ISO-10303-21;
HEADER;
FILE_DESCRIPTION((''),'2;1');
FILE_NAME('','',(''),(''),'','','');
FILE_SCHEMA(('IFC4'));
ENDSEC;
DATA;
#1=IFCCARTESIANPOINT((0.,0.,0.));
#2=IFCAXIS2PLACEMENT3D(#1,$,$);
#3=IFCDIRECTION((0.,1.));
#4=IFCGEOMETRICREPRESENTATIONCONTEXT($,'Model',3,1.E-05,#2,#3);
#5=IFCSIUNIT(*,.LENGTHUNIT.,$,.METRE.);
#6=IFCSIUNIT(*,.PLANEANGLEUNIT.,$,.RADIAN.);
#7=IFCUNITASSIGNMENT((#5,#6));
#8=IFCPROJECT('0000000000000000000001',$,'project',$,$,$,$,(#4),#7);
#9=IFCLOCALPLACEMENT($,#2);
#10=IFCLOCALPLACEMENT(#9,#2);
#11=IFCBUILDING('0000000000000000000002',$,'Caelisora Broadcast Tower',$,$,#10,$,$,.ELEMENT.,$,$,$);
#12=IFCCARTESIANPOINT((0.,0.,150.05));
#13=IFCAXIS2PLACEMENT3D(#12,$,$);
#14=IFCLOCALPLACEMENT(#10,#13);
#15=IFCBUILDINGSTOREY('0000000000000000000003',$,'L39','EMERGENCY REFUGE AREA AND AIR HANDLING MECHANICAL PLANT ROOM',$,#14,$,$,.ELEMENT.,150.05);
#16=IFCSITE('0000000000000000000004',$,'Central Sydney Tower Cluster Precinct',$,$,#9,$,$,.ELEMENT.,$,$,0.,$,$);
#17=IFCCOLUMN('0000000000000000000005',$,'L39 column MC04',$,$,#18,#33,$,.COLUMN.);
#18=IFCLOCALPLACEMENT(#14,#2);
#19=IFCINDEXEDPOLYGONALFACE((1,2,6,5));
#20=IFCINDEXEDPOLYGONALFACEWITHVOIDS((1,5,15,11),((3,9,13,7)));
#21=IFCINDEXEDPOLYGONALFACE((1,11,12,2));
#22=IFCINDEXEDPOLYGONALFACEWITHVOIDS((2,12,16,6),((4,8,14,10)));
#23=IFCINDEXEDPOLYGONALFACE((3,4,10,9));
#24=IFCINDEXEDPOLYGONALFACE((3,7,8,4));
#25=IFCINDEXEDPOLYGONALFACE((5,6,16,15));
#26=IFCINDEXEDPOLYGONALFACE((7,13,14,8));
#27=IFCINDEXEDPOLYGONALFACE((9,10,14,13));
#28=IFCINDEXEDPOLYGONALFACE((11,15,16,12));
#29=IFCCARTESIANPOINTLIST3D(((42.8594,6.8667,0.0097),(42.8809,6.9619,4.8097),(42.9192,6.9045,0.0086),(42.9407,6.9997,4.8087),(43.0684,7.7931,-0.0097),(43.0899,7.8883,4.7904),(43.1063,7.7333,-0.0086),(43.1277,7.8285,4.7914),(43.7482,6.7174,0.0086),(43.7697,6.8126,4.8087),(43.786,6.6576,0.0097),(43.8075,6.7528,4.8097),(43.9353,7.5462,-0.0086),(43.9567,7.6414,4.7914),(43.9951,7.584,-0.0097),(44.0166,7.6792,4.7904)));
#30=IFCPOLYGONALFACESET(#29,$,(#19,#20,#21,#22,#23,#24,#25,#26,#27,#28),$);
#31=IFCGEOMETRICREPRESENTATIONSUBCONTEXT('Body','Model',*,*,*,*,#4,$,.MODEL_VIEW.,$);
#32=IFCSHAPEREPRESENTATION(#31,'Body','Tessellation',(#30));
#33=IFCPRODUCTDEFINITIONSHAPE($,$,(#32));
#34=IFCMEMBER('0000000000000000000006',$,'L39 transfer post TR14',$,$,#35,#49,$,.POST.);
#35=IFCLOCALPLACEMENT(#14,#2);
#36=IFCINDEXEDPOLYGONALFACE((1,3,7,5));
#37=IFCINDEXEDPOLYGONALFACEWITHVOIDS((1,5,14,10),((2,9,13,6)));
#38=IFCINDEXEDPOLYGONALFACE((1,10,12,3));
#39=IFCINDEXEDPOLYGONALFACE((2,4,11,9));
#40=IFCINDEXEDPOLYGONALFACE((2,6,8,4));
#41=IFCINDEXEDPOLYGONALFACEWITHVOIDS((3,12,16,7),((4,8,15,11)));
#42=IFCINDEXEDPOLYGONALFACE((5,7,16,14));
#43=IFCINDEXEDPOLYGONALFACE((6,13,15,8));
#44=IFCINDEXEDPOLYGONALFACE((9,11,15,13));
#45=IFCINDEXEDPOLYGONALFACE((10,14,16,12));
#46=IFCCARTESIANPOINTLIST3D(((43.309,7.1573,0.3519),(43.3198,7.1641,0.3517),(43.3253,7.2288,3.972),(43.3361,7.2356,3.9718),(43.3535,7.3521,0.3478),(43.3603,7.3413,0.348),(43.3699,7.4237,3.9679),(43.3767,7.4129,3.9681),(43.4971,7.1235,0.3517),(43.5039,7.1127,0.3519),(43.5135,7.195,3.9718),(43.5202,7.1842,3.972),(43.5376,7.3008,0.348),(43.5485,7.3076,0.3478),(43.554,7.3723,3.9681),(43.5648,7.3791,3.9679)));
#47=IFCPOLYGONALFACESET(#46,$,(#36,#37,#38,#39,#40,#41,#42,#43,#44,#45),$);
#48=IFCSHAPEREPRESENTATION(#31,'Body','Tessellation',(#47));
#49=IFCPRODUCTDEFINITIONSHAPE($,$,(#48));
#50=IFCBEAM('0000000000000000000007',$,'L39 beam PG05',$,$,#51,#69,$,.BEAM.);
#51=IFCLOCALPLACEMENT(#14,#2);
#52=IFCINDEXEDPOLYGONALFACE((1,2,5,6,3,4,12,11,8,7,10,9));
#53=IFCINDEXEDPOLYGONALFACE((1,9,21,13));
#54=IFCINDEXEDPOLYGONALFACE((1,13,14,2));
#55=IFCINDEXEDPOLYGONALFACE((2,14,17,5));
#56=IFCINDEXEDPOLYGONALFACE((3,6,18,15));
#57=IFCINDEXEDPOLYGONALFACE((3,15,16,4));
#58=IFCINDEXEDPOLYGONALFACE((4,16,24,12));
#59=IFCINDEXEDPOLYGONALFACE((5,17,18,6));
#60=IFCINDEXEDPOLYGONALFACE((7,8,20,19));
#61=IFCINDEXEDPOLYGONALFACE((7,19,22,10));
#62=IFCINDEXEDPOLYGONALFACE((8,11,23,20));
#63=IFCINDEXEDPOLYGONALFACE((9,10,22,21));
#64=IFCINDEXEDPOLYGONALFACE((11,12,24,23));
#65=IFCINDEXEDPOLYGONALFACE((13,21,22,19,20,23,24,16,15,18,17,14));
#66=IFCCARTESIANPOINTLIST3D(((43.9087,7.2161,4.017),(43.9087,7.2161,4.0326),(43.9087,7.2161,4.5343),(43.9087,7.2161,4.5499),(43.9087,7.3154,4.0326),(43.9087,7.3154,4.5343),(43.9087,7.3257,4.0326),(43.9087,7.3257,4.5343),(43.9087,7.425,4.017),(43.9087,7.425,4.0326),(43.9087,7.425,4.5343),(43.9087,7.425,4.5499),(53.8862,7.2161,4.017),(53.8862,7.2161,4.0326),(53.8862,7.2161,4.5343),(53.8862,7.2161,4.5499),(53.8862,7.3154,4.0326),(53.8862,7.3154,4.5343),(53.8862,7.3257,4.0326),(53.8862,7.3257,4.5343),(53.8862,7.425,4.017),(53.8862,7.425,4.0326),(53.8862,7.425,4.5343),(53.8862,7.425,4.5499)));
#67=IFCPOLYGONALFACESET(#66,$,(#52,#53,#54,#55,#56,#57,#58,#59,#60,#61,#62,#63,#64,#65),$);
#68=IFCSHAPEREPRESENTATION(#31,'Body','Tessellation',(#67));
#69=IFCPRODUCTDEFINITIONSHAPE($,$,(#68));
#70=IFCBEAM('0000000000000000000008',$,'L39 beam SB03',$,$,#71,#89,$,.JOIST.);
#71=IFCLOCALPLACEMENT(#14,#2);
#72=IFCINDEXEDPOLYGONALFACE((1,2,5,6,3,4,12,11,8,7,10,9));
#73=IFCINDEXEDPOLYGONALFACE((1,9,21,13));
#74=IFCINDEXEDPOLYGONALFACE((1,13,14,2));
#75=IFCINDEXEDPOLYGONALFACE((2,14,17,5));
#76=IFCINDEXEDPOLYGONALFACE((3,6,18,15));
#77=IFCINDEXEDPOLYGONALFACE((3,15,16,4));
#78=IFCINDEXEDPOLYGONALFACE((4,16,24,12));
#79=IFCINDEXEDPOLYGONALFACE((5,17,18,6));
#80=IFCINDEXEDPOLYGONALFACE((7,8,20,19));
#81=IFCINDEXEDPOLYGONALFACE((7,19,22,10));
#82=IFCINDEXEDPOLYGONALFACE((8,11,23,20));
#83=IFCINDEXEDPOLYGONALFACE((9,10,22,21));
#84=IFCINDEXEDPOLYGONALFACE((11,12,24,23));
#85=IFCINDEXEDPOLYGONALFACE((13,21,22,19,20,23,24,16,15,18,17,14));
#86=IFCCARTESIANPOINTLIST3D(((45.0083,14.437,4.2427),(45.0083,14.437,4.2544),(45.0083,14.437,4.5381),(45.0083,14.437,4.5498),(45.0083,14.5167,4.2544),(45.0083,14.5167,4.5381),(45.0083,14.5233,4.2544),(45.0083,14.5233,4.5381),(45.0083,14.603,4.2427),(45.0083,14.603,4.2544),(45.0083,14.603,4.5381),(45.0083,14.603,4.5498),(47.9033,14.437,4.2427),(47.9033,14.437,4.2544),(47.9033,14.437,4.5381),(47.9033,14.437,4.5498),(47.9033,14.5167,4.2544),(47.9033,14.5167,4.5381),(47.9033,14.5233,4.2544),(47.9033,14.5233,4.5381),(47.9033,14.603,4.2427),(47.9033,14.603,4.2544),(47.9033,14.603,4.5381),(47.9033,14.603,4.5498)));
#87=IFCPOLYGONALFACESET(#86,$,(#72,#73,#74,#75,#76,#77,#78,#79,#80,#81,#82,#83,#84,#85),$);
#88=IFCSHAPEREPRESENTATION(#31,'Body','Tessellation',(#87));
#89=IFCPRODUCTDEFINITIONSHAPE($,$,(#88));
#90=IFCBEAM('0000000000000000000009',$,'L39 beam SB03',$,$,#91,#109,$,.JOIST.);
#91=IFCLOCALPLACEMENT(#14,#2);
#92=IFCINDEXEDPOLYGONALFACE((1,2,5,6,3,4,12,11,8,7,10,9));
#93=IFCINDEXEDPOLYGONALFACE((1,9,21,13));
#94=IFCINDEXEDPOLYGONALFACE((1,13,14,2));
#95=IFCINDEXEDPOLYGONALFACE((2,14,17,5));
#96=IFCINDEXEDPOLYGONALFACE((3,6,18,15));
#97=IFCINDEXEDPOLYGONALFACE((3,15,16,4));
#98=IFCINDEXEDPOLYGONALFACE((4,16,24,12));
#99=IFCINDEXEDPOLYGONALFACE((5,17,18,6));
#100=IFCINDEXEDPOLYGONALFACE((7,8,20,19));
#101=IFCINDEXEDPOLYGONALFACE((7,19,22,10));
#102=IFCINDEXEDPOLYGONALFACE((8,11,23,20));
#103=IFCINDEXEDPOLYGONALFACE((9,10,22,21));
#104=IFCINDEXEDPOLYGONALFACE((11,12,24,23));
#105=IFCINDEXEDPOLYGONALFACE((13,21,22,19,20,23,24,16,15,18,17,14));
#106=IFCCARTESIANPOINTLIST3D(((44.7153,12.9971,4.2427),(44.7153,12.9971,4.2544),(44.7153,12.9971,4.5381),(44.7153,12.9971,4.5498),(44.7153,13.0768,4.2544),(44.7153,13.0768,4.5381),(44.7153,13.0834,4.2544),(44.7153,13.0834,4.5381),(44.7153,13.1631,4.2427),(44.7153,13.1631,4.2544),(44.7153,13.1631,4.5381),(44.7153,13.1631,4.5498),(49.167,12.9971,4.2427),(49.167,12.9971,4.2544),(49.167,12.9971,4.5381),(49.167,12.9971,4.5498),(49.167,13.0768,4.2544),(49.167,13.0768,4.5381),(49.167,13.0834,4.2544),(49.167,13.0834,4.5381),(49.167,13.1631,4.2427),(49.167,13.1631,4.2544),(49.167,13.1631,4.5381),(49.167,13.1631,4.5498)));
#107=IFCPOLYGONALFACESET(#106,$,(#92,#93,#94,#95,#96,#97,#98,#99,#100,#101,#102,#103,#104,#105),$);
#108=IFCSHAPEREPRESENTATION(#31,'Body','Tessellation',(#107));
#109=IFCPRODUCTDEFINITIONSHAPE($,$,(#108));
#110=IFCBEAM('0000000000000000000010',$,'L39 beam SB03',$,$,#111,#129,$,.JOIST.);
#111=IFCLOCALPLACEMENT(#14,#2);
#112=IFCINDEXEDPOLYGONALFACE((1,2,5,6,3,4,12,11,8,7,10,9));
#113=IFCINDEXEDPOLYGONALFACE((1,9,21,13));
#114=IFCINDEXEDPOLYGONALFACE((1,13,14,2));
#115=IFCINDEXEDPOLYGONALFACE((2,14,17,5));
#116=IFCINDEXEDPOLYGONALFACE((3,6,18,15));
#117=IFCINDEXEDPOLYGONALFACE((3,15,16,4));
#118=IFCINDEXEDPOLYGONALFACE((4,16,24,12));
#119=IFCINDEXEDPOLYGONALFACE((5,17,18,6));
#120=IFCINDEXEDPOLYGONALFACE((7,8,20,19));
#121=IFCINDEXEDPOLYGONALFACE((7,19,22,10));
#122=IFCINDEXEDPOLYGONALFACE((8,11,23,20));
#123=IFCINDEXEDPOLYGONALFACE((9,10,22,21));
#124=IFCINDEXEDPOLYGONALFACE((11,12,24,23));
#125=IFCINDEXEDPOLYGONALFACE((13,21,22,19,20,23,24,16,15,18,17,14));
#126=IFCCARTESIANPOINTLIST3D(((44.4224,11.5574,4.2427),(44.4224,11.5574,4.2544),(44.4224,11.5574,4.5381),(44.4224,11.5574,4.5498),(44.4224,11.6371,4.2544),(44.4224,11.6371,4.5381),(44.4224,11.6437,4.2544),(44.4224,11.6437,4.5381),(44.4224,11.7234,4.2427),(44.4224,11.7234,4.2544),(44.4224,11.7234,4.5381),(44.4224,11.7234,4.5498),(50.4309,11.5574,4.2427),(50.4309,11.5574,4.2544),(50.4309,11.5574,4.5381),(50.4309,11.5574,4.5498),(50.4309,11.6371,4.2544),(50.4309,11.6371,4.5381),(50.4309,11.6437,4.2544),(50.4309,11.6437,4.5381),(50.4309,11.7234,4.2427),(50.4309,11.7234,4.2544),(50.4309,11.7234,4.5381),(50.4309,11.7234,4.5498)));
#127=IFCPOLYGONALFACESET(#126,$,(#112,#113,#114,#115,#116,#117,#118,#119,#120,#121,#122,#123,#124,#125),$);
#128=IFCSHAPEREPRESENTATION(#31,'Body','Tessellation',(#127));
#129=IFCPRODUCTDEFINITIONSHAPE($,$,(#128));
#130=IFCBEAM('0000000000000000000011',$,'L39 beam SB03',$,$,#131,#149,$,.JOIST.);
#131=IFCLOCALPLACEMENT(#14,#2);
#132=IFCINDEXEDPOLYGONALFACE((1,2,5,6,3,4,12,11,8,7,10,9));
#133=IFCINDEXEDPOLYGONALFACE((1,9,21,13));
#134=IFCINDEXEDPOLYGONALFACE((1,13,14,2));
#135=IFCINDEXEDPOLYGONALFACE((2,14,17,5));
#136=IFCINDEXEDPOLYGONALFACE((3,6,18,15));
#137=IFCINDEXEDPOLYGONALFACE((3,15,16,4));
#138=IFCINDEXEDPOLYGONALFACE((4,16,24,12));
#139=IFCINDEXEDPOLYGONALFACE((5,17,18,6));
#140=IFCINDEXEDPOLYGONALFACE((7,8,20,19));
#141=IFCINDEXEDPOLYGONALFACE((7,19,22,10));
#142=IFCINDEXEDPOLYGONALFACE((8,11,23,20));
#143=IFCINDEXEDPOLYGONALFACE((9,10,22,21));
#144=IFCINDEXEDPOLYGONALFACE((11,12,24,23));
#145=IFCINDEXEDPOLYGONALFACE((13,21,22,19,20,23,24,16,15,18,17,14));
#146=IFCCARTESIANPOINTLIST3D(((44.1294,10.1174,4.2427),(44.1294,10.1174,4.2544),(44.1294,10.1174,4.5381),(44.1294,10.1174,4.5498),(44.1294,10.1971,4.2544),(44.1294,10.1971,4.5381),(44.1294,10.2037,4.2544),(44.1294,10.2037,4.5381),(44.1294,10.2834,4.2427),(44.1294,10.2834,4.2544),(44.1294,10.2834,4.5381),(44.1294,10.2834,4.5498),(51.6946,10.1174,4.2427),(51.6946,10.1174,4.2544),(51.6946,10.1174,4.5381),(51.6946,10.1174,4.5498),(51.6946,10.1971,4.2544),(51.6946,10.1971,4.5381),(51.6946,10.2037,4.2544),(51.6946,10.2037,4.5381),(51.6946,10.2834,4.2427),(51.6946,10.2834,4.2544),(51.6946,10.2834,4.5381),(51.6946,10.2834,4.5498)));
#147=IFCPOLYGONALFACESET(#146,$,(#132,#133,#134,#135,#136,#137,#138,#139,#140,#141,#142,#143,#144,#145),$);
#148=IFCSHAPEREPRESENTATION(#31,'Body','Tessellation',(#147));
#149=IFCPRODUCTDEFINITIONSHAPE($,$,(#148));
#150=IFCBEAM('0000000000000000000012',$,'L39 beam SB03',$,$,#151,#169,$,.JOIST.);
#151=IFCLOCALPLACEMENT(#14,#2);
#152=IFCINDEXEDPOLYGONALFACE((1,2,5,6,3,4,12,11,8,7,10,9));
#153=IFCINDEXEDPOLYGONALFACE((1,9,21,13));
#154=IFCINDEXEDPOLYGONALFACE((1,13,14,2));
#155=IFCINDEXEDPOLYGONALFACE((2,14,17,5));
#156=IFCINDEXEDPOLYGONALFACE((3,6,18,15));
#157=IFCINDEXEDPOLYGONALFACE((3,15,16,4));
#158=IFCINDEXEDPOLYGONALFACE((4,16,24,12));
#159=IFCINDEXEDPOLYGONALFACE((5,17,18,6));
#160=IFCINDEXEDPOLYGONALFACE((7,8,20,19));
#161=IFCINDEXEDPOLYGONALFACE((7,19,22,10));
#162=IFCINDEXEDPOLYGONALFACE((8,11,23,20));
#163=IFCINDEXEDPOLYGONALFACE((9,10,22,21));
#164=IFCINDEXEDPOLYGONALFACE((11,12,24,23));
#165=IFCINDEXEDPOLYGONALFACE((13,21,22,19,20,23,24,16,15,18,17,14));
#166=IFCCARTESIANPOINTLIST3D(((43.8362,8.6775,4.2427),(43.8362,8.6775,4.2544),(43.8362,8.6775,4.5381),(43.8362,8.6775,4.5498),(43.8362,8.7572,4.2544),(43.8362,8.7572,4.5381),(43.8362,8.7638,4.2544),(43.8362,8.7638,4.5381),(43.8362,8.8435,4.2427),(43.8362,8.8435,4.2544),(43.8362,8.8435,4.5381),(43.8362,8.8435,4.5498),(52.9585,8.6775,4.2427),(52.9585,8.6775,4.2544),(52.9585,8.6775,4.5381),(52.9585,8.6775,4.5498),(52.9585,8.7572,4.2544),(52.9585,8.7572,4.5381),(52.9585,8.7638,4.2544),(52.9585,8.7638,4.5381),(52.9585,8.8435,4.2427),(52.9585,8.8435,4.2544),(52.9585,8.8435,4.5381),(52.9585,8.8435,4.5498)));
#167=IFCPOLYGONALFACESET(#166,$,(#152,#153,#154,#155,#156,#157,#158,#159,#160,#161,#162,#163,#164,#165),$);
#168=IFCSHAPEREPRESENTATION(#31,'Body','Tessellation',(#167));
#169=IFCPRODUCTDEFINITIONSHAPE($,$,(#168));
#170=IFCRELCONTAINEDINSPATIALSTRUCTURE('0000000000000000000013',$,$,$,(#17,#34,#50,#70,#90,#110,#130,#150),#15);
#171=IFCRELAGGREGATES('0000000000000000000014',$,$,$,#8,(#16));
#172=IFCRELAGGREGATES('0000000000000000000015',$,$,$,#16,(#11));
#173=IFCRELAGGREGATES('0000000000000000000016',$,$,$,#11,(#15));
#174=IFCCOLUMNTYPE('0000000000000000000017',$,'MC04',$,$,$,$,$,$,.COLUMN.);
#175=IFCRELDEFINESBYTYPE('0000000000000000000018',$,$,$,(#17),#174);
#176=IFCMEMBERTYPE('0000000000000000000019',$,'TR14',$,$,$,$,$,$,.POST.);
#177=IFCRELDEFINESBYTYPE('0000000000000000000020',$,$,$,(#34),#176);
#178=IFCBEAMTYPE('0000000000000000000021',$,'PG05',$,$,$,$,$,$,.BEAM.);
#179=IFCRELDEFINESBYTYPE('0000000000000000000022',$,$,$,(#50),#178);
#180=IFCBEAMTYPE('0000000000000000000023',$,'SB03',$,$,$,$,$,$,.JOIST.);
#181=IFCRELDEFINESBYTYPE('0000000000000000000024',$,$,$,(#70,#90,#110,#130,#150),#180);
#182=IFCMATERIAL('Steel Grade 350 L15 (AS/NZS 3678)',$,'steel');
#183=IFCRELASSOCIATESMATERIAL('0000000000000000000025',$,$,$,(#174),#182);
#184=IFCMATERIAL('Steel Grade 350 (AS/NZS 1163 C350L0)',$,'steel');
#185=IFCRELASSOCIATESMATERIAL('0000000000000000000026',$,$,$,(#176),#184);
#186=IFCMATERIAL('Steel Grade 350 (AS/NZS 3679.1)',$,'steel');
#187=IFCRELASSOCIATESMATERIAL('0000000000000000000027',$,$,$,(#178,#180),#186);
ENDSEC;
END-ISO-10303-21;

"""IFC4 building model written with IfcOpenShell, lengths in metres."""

from ifc_helpers import new_model, si_unit, direction, frame, origin, origin_2d, place, context, subcontext, project, spatial, hollow_rectangle, i_section, extrude, source, transform, mapped, material, material_profile, profile_set, type_object, type_shapes, element, save


model = new_model("IFC4")

# Units and contexts
model_context = context("Model", 3, precision=1e-05, world=origin(), true_north=direction((0.0, 1.0)))
body_context = subcontext(model_context, "Body", "Model", "MODEL_VIEW")
ifc_project = project(units=[si_unit("LENGTHUNIT", "METRE"), si_unit("PLANEANGLEUNIT", "RADIAN")], contexts=[model_context])

# Site, building, storey
site_placement = place(None, origin())
site = spatial("IfcSite", under=ifc_project, at=site_placement, Name="Central Sydney Tower Cluster Precinct", CompositionType="ELEMENT", RefElevation=0.0)
building_placement = place(site_placement, origin())
building = spatial("IfcBuilding", under=site, at=building_placement, Name="Caelisora Broadcast Tower", CompositionType="ELEMENT")
storey_placement = place(building_placement, frame((0.0, 0.0, 150.05)))
storey = spatial("IfcBuildingStorey", under=building, at=storey_placement, Name="L39", Description="EMERGENCY REFUGE AREA AND AIR HANDLING MECHANICAL PLANT ROOM", CompositionType="ELEMENT", Elevation=150.05)

# Column
ifc_material_1 = material(Name="Steel Grade 350 L15 (AS/NZS 3678)", Category="steel")
ifc_material_profile_1 = material_profile(ifc_material_1, hollow_rectangle(XDim=0.95, YDim=0.95, WallThickness=0.05, at=origin_2d()), Name="Steel Grade 350 L15 (AS/NZS 3678)")
ifc_profile_set_1 = profile_set([ifc_material_profile_1], Name="Steel Grade 350 L15 (AS/NZS 3678)")
column_type = type_object("IfcColumnType", Name="MC04", PredefinedType="COLUMN", material=ifc_profile_set_1)
shared_shape_1 = source(origin(), body_context, "Body", "SweptSolid", [
    extrude(hollow_rectangle(XDim=0.95, YDim=0.95, WallThickness=0.05, at=origin_2d()), origin(), (0.0, 0.0, 1.0), 4.801),
])
type_shapes(column_type, [shared_shape_1])
column_placement = place(storey_placement, frame((43.4272, 7.2253, 0.0), z_axis=(0.004475, 0.019832, 0.999793), x_axis=(-0.975476, 0.220107, 0.0)))
element("IfcColumn", 1, at=column_placement, inside=storey, type_object=column_type, Name="L39 column MC04", PredefinedType="COLUMN", context=body_context, shape_type="MappedRepresentation", body=[
    mapped(shared_shape_1, transform((0.0, 0.0, 0.0), scale=1.0)),
])

# Member
ifc_material_2 = material(Name="Steel Grade 350 (AS/NZS 1163 C350L0)", Category="steel")
ifc_material_profile_2 = material_profile(ifc_material_2, hollow_rectangle(XDim=0.2, YDim=0.2, WallThickness=0.009, at=origin_2d()), Name="Steel Grade 350 (AS/NZS 1163 C350L0)")
ifc_profile_set_2 = profile_set([ifc_material_profile_2], Name="Steel Grade 350 (AS/NZS 1163 C350L0)")
member_type_1 = type_object("IfcMemberType", Name="TR14", PredefinedType="POST", material=ifc_profile_set_2)
shared_shape_2 = source(origin(), body_context, "Body", "SweptSolid", [
    extrude(hollow_rectangle(XDim=0.2, YDim=0.2, WallThickness=0.009, at=origin_2d()), origin(), (0.0, 0.0, 1.0), 3.6208),
])
type_shapes(member_type_1, [shared_shape_2])
member_1_placement = place(storey_placement, frame((43.4287, 7.2324, 0.3499), z_axis=(0.004518, 0.019756, 0.999795), x_axis=(-0.974838, 0.222915, 0.0)))
element("IfcMember", 2, at=member_1_placement, inside=storey, type_object=member_type_1, Name="L39 transfer post TR14", PredefinedType="POST", context=body_context, shape_type="MappedRepresentation", body=[
    mapped(shared_shape_2, transform((0.0, 0.0, 0.0), scale=1.0)),
])

# Beams
ifc_material_3 = material(Name="Steel Grade 350 (AS/NZS 3679.1)", Category="steel")
ifc_material_profile_3 = material_profile(ifc_material_3, i_section(OverallWidth=0.209, OverallDepth=0.533, WebThickness=0.0103, FlangeThickness=0.0156, at=origin_2d()), Name="Steel Grade 350 (AS/NZS 3679.1)")
ifc_profile_set_3 = profile_set([ifc_material_profile_3], Name="Steel Grade 350 (AS/NZS 3679.1)")
beam_type_1 = type_object("IfcBeamType", Name="PG05", PredefinedType="BEAM", material=ifc_profile_set_3)
shared_shape_3 = source(origin(), body_context, "Body", "SweptSolid", [
    extrude(i_section(OverallWidth=0.209, OverallDepth=0.533, WebThickness=0.0103, FlangeThickness=0.0156, at=origin_2d()), origin(), (0.0, 0.0, 1.0), 9.9775),
])
type_shapes(beam_type_1, [shared_shape_3])
beam_1_placement = place(storey_placement, frame((43.9087, 7.3206, 4.2834), z_axis=(1.0, 0.0, 0.0), x_axis=(0.0, 1.0, 0.0)))
element("IfcBeam", 3, at=beam_1_placement, inside=storey, type_object=beam_type_1, Name="L39 beam PG05", PredefinedType="BEAM", context=body_context, shape_type="MappedRepresentation", body=[
    mapped(shared_shape_3, transform((0.0, 0.0, 0.0), scale=1.0)),
])
ifc_material_profile_4 = material_profile(ifc_material_3, i_section(OverallWidth=0.166, OverallDepth=0.3071, WebThickness=0.0066, FlangeThickness=0.0117, at=origin_2d()), Name="Steel Grade 350 (AS/NZS 3679.1)")
ifc_profile_set_4 = profile_set([ifc_material_profile_4], Name="Steel Grade 350 (AS/NZS 3679.1)")
beam_type_2 = type_object("IfcBeamType", Name="SB03", PredefinedType="JOIST", material=ifc_profile_set_4)
shared_shape_4 = source(origin(), body_context, "Body", "SweptSolid", [
    extrude(i_section(OverallWidth=0.166, OverallDepth=0.3071, WebThickness=0.0066, FlangeThickness=0.0117, at=origin_2d()), origin(), (0.0, 0.0, 1.0), 2.895),
])
beam_2_placement = place(storey_placement, frame((45.0083, 14.52, 4.3962), z_axis=(1.0, 0.0, 0.0), x_axis=(0.0, 1.0, 0.0)))
element("IfcBeam", 4, at=beam_2_placement, inside=storey, type_object=beam_type_2, Name="L39 beam SB03", PredefinedType="JOIST", context=body_context, shape_type="MappedRepresentation", body=[
    mapped(shared_shape_4, transform((0.0, 0.0, 0.0), scale=1.0)),
])
shared_shape_5 = source(origin(), body_context, "Body", "SweptSolid", [
    extrude(i_section(OverallWidth=0.166, OverallDepth=0.3071, WebThickness=0.0066, FlangeThickness=0.0117, at=origin_2d()), origin(), (0.0, 0.0, 1.0), 4.4517),
])
beam_3_placement = place(storey_placement, frame((44.7153, 13.0801, 4.3962), z_axis=(1.0, 0.0, 0.0), x_axis=(0.0, 1.0, 0.0)))
element("IfcBeam", 5, at=beam_3_placement, inside=storey, type_object=beam_type_2, Name="L39 beam SB03", PredefinedType="JOIST", context=body_context, shape_type="MappedRepresentation", body=[
    mapped(shared_shape_5, transform((0.0, 0.0, 0.0), scale=1.0)),
])
shared_shape_6 = source(origin(), body_context, "Body", "SweptSolid", [
    extrude(i_section(OverallWidth=0.166, OverallDepth=0.3071, WebThickness=0.0066, FlangeThickness=0.0117, at=origin_2d()), origin(), (0.0, 0.0, 1.0), 6.0085),
])
beam_4_placement = place(storey_placement, frame((44.4224, 11.6404, 4.3962), z_axis=(1.0, 0.0, 0.0), x_axis=(0.0, 1.0, 0.0)))
element("IfcBeam", 6, at=beam_4_placement, inside=storey, type_object=beam_type_2, Name="L39 beam SB03", PredefinedType="JOIST", context=body_context, shape_type="MappedRepresentation", body=[
    mapped(shared_shape_6, transform((0.0, 0.0, 0.0), scale=1.0)),
])
shared_shape_7 = source(origin(), body_context, "Body", "SweptSolid", [
    extrude(i_section(OverallWidth=0.166, OverallDepth=0.3071, WebThickness=0.0066, FlangeThickness=0.0117, at=origin_2d()), origin(), (0.0, 0.0, 1.0), 7.5652),
])
beam_5_placement = place(storey_placement, frame((44.1294, 10.2004, 4.3962), z_axis=(1.0, 0.0, 0.0), x_axis=(0.0, 1.0, 0.0)))
element("IfcBeam", 7, at=beam_5_placement, inside=storey, type_object=beam_type_2, Name="L39 beam SB03", PredefinedType="JOIST", context=body_context, shape_type="MappedRepresentation", body=[
    mapped(shared_shape_7, transform((0.0, 0.0, 0.0), scale=1.0)),
])
shared_shape_8 = source(origin(), body_context, "Body", "SweptSolid", [
    extrude(i_section(OverallWidth=0.166, OverallDepth=0.3071, WebThickness=0.0066, FlangeThickness=0.0117, at=origin_2d()), origin(), (0.0, 0.0, 1.0), 9.1223),
])
type_shapes(beam_type_2, [shared_shape_4, shared_shape_5, shared_shape_6, shared_shape_7, shared_shape_8])
beam_6_placement = place(storey_placement, frame((43.8362, 8.7605, 4.3962), z_axis=(1.0, 0.0, 0.0), x_axis=(0.0, 1.0, 0.0)))
element("IfcBeam", 8, at=beam_6_placement, inside=storey, type_object=beam_type_2, Name="L39 beam SB03", PredefinedType="JOIST", context=body_context, shape_type="MappedRepresentation", body=[
    mapped(shared_shape_8, transform((0.0, 0.0, 0.0), scale=1.0)),
])

save(model, "model.ifc")
